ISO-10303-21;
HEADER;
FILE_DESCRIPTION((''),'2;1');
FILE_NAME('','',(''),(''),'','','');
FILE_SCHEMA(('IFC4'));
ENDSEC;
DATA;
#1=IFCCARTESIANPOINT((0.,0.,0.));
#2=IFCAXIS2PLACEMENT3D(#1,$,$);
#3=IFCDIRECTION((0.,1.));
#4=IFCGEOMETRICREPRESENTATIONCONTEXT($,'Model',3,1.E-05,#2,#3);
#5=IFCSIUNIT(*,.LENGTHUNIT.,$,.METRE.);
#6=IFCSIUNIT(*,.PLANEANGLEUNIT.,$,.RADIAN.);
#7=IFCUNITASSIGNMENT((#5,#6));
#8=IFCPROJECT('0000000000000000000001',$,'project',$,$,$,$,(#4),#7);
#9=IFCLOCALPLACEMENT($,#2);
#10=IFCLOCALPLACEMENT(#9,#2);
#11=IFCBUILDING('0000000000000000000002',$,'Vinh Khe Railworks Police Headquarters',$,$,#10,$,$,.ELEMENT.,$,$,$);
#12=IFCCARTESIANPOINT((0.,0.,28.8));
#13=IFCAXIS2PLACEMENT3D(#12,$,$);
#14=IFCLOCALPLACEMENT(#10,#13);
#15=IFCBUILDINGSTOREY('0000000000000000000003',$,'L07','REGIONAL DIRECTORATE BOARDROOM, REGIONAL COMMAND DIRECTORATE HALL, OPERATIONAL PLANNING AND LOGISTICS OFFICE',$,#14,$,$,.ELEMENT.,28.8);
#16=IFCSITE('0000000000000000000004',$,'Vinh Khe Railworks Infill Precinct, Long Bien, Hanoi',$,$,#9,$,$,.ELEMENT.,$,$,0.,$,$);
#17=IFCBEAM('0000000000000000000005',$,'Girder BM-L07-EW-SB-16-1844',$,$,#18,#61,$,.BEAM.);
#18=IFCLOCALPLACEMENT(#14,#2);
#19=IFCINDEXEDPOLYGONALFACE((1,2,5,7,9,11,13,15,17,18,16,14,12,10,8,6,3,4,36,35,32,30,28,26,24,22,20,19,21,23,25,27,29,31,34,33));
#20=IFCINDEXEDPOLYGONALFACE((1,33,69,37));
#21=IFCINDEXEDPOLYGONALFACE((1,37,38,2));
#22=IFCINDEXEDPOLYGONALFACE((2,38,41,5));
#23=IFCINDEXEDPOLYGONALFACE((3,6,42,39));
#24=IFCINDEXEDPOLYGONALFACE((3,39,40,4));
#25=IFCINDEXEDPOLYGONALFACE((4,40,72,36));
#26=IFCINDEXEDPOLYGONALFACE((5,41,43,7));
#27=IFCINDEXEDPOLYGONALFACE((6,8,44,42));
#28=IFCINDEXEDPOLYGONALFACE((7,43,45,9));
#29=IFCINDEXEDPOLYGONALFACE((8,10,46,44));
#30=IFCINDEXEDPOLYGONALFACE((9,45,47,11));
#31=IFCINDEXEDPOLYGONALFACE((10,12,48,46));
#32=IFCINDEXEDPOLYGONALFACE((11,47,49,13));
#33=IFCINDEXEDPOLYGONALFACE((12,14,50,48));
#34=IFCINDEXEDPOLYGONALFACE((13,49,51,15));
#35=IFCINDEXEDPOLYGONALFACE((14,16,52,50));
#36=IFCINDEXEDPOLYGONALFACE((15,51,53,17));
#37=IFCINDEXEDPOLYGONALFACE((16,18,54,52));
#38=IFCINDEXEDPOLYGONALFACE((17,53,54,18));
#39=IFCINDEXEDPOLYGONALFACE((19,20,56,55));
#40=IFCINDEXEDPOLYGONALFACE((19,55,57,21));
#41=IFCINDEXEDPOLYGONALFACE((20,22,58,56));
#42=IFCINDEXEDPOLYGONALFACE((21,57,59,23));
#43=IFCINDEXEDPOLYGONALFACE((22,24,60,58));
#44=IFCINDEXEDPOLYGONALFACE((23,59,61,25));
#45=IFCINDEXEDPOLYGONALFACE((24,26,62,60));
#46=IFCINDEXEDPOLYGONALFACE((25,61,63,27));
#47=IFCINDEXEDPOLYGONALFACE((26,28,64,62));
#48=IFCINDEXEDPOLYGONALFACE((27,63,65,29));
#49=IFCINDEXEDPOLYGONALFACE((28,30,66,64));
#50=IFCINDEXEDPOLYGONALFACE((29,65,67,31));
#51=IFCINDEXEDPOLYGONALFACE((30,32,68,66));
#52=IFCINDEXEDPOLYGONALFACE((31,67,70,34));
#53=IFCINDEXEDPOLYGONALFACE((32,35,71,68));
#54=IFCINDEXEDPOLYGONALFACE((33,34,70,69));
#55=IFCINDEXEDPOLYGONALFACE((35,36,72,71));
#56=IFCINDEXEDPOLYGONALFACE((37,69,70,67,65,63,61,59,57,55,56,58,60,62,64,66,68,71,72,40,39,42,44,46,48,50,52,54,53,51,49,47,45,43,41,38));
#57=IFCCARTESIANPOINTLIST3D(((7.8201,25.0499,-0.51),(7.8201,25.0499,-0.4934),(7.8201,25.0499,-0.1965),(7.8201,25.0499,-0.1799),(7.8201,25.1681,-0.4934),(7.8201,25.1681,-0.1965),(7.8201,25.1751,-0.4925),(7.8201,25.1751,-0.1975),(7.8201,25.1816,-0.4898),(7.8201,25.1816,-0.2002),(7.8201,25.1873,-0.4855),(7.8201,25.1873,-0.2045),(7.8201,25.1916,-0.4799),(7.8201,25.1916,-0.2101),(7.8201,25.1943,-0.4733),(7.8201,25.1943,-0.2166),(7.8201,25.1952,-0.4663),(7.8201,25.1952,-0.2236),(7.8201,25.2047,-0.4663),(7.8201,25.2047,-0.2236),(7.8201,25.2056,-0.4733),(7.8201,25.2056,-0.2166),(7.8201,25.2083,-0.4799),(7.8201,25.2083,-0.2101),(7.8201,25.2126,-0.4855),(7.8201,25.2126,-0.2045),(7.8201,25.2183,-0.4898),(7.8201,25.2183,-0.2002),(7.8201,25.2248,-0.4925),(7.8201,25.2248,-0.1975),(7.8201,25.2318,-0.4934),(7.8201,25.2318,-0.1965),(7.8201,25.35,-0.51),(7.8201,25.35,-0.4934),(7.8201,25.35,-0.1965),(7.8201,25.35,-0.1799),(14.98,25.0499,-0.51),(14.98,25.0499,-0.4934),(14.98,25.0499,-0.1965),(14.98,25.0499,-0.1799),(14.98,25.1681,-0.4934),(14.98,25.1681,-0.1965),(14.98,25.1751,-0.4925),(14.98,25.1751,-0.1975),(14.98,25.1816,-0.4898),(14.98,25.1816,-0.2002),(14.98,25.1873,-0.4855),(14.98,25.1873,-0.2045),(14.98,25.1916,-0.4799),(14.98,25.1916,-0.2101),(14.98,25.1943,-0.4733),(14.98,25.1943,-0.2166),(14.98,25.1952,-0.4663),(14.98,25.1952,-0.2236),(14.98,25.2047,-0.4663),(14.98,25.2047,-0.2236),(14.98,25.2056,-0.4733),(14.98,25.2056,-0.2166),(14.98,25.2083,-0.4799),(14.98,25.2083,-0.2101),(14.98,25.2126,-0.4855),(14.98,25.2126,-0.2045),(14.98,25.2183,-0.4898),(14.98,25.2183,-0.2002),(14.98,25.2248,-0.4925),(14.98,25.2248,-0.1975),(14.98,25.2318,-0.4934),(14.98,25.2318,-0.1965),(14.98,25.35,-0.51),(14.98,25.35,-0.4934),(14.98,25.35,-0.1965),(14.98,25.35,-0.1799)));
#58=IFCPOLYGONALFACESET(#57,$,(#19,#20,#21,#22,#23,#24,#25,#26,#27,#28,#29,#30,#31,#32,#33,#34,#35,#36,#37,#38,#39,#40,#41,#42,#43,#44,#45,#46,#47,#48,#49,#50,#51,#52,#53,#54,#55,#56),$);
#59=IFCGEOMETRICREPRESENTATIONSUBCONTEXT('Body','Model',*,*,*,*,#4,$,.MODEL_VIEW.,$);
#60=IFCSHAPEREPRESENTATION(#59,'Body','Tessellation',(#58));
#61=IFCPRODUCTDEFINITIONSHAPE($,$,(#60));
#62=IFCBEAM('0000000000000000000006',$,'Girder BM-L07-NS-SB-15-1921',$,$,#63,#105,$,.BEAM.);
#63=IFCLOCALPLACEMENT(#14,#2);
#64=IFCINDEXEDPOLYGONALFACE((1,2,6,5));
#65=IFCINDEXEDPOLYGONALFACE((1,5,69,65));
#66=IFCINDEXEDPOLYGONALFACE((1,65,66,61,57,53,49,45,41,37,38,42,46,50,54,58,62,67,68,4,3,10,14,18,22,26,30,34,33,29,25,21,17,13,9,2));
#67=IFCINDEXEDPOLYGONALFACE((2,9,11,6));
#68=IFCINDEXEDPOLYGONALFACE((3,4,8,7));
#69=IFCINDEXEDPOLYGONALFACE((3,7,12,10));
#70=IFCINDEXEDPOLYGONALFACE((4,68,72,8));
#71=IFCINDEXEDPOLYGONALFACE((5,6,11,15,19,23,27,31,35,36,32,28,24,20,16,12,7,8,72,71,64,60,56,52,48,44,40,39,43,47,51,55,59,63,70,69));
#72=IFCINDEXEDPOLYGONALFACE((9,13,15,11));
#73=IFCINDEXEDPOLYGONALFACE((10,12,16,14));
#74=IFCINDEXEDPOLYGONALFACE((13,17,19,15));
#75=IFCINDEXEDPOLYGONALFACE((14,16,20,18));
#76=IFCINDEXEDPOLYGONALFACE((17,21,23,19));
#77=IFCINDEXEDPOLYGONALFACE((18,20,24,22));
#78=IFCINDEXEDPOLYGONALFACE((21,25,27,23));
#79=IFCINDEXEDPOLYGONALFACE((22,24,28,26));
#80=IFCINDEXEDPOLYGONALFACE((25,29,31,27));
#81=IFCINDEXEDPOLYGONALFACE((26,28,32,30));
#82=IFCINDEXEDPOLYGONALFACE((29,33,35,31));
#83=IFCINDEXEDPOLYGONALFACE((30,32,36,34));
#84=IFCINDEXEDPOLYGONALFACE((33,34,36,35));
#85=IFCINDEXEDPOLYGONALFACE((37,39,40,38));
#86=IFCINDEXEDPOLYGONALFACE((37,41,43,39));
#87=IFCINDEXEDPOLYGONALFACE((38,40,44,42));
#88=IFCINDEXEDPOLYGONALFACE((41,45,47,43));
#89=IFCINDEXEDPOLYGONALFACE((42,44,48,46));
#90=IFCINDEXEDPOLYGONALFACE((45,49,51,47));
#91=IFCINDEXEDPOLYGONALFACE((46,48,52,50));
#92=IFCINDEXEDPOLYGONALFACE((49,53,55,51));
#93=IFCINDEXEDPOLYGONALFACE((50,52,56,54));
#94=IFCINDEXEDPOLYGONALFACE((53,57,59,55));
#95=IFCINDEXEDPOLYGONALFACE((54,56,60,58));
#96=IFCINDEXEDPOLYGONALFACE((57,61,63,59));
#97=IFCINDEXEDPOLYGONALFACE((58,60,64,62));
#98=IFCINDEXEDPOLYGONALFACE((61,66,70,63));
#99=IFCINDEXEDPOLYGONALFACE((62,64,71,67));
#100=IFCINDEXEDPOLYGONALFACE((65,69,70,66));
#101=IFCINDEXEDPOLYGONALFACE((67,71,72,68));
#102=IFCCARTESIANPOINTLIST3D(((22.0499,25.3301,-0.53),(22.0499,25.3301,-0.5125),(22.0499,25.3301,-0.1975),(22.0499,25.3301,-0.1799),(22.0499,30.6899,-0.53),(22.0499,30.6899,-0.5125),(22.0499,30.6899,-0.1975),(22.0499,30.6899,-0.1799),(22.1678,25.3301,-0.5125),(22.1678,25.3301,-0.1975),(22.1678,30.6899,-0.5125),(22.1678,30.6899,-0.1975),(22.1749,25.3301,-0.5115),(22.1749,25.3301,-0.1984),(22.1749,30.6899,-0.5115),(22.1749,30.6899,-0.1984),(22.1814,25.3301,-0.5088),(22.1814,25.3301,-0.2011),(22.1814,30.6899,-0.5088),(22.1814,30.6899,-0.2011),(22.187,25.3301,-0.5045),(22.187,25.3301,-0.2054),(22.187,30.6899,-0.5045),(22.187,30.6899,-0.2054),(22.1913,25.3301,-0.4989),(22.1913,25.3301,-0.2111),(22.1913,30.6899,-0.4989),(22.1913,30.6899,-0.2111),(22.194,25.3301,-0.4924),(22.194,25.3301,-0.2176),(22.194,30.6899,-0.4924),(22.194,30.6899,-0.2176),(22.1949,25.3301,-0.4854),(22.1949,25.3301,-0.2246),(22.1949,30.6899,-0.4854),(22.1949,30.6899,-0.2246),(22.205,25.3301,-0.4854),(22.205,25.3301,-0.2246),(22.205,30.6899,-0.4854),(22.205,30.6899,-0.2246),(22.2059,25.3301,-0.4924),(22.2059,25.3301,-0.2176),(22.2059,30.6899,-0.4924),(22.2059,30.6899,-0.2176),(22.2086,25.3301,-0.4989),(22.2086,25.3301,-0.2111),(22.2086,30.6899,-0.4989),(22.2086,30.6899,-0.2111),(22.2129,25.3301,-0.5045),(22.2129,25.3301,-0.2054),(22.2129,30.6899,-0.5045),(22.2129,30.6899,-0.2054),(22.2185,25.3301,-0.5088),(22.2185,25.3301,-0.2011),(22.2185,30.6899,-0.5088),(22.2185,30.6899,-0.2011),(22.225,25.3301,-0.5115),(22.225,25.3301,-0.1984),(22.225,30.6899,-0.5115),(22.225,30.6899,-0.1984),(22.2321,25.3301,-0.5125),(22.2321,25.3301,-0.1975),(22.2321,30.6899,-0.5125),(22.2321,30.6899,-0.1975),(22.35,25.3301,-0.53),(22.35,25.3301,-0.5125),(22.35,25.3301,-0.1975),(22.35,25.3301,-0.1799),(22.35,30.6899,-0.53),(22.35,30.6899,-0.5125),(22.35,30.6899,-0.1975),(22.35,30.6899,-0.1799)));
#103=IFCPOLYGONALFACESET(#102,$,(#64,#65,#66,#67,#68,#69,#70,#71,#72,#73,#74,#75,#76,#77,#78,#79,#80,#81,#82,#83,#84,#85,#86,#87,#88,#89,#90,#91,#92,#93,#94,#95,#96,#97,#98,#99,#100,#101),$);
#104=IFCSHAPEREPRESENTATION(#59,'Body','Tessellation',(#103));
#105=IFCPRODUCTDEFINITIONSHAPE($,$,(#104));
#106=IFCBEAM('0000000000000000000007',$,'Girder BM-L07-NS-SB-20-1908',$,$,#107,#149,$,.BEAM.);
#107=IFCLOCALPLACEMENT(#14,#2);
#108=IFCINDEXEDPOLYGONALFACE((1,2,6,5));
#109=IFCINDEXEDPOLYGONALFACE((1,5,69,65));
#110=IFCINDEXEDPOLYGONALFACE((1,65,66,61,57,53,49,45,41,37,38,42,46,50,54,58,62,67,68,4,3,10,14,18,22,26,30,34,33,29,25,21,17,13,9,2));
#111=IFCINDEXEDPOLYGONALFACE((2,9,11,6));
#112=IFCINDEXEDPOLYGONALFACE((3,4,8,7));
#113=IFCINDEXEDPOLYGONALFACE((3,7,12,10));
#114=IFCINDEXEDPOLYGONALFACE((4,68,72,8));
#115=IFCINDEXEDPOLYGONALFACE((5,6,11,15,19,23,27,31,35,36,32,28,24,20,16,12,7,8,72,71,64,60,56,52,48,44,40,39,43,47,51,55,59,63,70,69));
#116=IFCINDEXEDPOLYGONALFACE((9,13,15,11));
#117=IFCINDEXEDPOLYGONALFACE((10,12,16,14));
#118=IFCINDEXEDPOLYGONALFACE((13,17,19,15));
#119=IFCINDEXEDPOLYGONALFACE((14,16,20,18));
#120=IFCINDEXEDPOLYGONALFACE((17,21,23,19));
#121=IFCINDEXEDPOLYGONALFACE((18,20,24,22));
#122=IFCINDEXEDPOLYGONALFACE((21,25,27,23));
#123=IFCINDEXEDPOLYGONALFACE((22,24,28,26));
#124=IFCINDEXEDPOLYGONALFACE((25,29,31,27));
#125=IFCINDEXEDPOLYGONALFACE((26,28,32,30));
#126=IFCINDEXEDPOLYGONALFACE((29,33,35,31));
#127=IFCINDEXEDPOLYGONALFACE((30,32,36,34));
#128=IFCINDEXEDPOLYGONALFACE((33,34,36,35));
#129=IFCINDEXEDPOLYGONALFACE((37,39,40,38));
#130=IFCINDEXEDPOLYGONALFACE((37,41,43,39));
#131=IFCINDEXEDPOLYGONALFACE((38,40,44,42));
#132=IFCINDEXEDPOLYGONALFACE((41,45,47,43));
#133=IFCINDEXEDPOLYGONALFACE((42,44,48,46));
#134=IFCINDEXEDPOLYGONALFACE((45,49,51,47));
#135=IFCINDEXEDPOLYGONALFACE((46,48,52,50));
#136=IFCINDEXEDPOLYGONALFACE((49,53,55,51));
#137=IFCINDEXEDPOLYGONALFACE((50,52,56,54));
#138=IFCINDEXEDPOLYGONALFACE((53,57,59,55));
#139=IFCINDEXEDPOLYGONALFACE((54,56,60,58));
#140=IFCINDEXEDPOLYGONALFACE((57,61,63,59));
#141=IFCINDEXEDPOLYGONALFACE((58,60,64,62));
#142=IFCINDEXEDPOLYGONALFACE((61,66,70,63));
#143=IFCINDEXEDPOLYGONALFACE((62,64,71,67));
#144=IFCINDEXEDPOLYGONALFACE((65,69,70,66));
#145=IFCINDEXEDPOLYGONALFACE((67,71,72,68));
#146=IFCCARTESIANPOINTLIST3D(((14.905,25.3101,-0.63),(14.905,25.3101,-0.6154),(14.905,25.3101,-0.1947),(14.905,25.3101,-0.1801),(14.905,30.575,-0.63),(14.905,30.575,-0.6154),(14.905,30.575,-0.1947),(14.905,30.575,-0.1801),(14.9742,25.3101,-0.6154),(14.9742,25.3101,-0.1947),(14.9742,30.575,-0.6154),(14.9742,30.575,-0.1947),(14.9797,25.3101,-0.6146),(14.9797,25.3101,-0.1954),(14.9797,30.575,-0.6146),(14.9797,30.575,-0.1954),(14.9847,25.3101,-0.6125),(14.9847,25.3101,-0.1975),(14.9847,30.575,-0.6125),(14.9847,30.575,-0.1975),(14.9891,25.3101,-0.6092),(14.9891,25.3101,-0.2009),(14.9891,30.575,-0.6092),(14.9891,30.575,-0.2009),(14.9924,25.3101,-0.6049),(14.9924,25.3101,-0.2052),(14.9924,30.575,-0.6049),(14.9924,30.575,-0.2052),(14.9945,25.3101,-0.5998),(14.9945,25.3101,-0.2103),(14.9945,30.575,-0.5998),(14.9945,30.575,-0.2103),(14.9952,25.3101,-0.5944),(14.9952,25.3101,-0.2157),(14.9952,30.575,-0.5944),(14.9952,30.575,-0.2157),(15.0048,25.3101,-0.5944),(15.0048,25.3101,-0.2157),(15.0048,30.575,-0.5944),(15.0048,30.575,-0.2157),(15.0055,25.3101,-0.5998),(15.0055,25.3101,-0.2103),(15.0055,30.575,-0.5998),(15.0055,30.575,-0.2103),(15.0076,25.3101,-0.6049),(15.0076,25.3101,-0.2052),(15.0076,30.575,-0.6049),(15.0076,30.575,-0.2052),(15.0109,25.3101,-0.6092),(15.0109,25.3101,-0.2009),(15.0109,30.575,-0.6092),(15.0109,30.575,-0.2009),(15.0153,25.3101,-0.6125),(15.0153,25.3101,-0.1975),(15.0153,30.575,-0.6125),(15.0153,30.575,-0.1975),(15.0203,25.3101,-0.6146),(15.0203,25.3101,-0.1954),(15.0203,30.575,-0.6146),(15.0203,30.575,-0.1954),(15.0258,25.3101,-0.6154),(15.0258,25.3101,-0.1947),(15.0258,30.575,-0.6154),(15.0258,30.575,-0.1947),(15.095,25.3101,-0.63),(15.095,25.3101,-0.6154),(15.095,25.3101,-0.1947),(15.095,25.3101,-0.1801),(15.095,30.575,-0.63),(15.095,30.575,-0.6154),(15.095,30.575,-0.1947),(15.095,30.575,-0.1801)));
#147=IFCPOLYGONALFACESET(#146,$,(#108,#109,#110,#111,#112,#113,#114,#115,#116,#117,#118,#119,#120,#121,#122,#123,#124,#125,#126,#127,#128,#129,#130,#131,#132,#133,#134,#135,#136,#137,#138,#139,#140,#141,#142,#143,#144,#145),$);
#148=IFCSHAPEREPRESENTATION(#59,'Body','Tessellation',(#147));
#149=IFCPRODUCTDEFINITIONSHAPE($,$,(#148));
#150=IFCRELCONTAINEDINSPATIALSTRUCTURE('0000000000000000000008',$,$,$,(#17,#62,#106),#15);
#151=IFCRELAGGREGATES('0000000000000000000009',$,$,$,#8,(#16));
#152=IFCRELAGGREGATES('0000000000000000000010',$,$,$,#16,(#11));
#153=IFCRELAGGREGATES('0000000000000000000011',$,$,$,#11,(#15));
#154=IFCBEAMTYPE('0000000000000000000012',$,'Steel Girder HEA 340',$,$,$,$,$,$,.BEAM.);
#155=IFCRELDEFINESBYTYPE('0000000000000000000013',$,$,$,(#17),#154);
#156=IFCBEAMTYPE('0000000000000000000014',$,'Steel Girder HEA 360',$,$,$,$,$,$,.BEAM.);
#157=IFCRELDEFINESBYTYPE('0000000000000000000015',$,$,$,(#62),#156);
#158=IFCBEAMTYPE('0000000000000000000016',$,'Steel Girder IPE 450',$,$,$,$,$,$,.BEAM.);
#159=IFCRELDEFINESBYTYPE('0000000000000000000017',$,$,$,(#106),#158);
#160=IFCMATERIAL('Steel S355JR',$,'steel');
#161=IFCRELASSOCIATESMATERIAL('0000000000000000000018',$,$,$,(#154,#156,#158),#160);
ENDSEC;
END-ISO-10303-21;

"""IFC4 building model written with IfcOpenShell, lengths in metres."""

from ifc_helpers import new_model, si_unit, direction, frame, origin, origin_2d, place, context, subcontext, project, spatial, i_section, extrude, material, material_profile, profile_set, type_object, element, save


model = new_model("IFC4")

# Units and contexts
model_context = context("Model", 3, precision=1e-05, world=origin(), true_north=direction((0.0, 1.0)))
body_context = subcontext(model_context, "Body", "Model", "MODEL_VIEW")
ifc_project = project(units=[si_unit("LENGTHUNIT", "METRE"), si_unit("PLANEANGLEUNIT", "RADIAN")], contexts=[model_context])

# Site, building, storey
site_placement = place(None, origin())
site = spatial("IfcSite", under=ifc_project, at=site_placement, Name="Vinh Khe Railworks Infill Precinct, Long Bien, Hanoi", CompositionType="ELEMENT", RefElevation=0.0)
building_placement = place(site_placement, origin())
building = spatial("IfcBuilding", under=site, at=building_placement, Name="Vinh Khe Railworks Police Headquarters", CompositionType="ELEMENT")
storey_placement = place(building_placement, frame((0.0, 0.0, 28.8)))
storey = spatial("IfcBuildingStorey", under=building, at=storey_placement, Name="L07", Description="REGIONAL DIRECTORATE BOARDROOM, REGIONAL COMMAND DIRECTORATE HALL, OPERATIONAL PLANNING AND LOGISTICS OFFICE", CompositionType="ELEMENT", Elevation=28.8)

# Shared definitions
ifc_material_1 = material(Name="Steel S355JR", Category="steel")

# Beams
ifc_material_profile_1 = material_profile(ifc_material_1, i_section(OverallWidth=0.3, OverallDepth=0.3301, WebThickness=0.0095, FlangeThickness=0.0166, FilletRadius=0.0271, at=origin_2d()), Name="HEA 340")
ifc_profile_set_1 = profile_set([ifc_material_profile_1], Name="Steel S355JR")
beam_type_1 = type_object("IfcBeamType", Name="Steel Girder HEA 340", PredefinedType="BEAM", material=ifc_profile_set_1)
beam_1_placement = place(storey_placement, frame((7.8201, 25.2, -0.345), z_axis=(1.0, 0.0, 0.0), x_axis=(0.0, 1.0, 0.0)))
element("IfcBeam", 1, at=beam_1_placement, inside=storey, type_object=beam_type_1, Name="Girder BM-L07-EW-SB-16-1844", PredefinedType="BEAM", context=body_context, shape_type="SweptSolid", body=[
    extrude(i_section(OverallWidth=0.3, OverallDepth=0.3301, WebThickness=0.0095, FlangeThickness=0.0166, FilletRadius=0.0271, at=origin_2d()), origin(), (0.0, 0.0, 1.0), 7.1599),
])
ifc_material_profile_2 = material_profile(ifc_material_1, i_section(OverallWidth=0.3, OverallDepth=0.3501, WebThickness=0.01, FlangeThickness=0.0176, FilletRadius=0.0271, at=origin_2d()), Name="HEA 360")
ifc_profile_set_2 = profile_set([ifc_material_profile_2], Name="Steel S355JR")
beam_type_2 = type_object("IfcBeamType", Name="Steel Girder HEA 360", PredefinedType="BEAM", material=ifc_profile_set_2)
beam_2_placement = place(storey_placement, frame((22.2, 25.3301, -0.355), z_axis=(0.0, 1.0, 0.0), x_axis=(-1.0, 0.0, 0.0)))
element("IfcBeam", 2, at=beam_2_placement, inside=storey, type_object=beam_type_2, Name="Girder BM-L07-NS-SB-15-1921", PredefinedType="BEAM", context=body_context, shape_type="SweptSolid", body=[
    extrude(i_section(OverallWidth=0.3, OverallDepth=0.3501, WebThickness=0.01, FlangeThickness=0.0176, FilletRadius=0.0271, at=origin_2d()), origin(), (0.0, 0.0, 1.0), 5.3599),
])
ifc_material_profile_3 = material_profile(ifc_material_1, i_section(OverallWidth=0.1899, OverallDepth=0.45, WebThickness=0.0095, FlangeThickness=0.0146, FilletRadius=0.021, at=origin_2d()), Name="IPE 450")
ifc_profile_set_3 = profile_set([ifc_material_profile_3], Name="Steel S355JR")
beam_type_3 = type_object("IfcBeamType", Name="Steel Girder IPE 450", PredefinedType="BEAM", material=ifc_profile_set_3)
beam_3_placement = place(storey_placement, frame((15.0, 25.3101, -0.405), z_axis=(0.0, 1.0, 0.0), x_axis=(-1.0, 0.0, 0.0)))
element("IfcBeam", 3, at=beam_3_placement, inside=storey, type_object=beam_type_3, Name="Girder BM-L07-NS-SB-20-1908", PredefinedType="BEAM", context=body_context, shape_type="SweptSolid", body=[
    extrude(i_section(OverallWidth=0.1899, OverallDepth=0.45, WebThickness=0.0095, FlangeThickness=0.0146, FilletRadius=0.021, at=origin_2d()), origin(), (0.0, 0.0, 1.0), 5.2649),
])

save(model, "model.ifc")
